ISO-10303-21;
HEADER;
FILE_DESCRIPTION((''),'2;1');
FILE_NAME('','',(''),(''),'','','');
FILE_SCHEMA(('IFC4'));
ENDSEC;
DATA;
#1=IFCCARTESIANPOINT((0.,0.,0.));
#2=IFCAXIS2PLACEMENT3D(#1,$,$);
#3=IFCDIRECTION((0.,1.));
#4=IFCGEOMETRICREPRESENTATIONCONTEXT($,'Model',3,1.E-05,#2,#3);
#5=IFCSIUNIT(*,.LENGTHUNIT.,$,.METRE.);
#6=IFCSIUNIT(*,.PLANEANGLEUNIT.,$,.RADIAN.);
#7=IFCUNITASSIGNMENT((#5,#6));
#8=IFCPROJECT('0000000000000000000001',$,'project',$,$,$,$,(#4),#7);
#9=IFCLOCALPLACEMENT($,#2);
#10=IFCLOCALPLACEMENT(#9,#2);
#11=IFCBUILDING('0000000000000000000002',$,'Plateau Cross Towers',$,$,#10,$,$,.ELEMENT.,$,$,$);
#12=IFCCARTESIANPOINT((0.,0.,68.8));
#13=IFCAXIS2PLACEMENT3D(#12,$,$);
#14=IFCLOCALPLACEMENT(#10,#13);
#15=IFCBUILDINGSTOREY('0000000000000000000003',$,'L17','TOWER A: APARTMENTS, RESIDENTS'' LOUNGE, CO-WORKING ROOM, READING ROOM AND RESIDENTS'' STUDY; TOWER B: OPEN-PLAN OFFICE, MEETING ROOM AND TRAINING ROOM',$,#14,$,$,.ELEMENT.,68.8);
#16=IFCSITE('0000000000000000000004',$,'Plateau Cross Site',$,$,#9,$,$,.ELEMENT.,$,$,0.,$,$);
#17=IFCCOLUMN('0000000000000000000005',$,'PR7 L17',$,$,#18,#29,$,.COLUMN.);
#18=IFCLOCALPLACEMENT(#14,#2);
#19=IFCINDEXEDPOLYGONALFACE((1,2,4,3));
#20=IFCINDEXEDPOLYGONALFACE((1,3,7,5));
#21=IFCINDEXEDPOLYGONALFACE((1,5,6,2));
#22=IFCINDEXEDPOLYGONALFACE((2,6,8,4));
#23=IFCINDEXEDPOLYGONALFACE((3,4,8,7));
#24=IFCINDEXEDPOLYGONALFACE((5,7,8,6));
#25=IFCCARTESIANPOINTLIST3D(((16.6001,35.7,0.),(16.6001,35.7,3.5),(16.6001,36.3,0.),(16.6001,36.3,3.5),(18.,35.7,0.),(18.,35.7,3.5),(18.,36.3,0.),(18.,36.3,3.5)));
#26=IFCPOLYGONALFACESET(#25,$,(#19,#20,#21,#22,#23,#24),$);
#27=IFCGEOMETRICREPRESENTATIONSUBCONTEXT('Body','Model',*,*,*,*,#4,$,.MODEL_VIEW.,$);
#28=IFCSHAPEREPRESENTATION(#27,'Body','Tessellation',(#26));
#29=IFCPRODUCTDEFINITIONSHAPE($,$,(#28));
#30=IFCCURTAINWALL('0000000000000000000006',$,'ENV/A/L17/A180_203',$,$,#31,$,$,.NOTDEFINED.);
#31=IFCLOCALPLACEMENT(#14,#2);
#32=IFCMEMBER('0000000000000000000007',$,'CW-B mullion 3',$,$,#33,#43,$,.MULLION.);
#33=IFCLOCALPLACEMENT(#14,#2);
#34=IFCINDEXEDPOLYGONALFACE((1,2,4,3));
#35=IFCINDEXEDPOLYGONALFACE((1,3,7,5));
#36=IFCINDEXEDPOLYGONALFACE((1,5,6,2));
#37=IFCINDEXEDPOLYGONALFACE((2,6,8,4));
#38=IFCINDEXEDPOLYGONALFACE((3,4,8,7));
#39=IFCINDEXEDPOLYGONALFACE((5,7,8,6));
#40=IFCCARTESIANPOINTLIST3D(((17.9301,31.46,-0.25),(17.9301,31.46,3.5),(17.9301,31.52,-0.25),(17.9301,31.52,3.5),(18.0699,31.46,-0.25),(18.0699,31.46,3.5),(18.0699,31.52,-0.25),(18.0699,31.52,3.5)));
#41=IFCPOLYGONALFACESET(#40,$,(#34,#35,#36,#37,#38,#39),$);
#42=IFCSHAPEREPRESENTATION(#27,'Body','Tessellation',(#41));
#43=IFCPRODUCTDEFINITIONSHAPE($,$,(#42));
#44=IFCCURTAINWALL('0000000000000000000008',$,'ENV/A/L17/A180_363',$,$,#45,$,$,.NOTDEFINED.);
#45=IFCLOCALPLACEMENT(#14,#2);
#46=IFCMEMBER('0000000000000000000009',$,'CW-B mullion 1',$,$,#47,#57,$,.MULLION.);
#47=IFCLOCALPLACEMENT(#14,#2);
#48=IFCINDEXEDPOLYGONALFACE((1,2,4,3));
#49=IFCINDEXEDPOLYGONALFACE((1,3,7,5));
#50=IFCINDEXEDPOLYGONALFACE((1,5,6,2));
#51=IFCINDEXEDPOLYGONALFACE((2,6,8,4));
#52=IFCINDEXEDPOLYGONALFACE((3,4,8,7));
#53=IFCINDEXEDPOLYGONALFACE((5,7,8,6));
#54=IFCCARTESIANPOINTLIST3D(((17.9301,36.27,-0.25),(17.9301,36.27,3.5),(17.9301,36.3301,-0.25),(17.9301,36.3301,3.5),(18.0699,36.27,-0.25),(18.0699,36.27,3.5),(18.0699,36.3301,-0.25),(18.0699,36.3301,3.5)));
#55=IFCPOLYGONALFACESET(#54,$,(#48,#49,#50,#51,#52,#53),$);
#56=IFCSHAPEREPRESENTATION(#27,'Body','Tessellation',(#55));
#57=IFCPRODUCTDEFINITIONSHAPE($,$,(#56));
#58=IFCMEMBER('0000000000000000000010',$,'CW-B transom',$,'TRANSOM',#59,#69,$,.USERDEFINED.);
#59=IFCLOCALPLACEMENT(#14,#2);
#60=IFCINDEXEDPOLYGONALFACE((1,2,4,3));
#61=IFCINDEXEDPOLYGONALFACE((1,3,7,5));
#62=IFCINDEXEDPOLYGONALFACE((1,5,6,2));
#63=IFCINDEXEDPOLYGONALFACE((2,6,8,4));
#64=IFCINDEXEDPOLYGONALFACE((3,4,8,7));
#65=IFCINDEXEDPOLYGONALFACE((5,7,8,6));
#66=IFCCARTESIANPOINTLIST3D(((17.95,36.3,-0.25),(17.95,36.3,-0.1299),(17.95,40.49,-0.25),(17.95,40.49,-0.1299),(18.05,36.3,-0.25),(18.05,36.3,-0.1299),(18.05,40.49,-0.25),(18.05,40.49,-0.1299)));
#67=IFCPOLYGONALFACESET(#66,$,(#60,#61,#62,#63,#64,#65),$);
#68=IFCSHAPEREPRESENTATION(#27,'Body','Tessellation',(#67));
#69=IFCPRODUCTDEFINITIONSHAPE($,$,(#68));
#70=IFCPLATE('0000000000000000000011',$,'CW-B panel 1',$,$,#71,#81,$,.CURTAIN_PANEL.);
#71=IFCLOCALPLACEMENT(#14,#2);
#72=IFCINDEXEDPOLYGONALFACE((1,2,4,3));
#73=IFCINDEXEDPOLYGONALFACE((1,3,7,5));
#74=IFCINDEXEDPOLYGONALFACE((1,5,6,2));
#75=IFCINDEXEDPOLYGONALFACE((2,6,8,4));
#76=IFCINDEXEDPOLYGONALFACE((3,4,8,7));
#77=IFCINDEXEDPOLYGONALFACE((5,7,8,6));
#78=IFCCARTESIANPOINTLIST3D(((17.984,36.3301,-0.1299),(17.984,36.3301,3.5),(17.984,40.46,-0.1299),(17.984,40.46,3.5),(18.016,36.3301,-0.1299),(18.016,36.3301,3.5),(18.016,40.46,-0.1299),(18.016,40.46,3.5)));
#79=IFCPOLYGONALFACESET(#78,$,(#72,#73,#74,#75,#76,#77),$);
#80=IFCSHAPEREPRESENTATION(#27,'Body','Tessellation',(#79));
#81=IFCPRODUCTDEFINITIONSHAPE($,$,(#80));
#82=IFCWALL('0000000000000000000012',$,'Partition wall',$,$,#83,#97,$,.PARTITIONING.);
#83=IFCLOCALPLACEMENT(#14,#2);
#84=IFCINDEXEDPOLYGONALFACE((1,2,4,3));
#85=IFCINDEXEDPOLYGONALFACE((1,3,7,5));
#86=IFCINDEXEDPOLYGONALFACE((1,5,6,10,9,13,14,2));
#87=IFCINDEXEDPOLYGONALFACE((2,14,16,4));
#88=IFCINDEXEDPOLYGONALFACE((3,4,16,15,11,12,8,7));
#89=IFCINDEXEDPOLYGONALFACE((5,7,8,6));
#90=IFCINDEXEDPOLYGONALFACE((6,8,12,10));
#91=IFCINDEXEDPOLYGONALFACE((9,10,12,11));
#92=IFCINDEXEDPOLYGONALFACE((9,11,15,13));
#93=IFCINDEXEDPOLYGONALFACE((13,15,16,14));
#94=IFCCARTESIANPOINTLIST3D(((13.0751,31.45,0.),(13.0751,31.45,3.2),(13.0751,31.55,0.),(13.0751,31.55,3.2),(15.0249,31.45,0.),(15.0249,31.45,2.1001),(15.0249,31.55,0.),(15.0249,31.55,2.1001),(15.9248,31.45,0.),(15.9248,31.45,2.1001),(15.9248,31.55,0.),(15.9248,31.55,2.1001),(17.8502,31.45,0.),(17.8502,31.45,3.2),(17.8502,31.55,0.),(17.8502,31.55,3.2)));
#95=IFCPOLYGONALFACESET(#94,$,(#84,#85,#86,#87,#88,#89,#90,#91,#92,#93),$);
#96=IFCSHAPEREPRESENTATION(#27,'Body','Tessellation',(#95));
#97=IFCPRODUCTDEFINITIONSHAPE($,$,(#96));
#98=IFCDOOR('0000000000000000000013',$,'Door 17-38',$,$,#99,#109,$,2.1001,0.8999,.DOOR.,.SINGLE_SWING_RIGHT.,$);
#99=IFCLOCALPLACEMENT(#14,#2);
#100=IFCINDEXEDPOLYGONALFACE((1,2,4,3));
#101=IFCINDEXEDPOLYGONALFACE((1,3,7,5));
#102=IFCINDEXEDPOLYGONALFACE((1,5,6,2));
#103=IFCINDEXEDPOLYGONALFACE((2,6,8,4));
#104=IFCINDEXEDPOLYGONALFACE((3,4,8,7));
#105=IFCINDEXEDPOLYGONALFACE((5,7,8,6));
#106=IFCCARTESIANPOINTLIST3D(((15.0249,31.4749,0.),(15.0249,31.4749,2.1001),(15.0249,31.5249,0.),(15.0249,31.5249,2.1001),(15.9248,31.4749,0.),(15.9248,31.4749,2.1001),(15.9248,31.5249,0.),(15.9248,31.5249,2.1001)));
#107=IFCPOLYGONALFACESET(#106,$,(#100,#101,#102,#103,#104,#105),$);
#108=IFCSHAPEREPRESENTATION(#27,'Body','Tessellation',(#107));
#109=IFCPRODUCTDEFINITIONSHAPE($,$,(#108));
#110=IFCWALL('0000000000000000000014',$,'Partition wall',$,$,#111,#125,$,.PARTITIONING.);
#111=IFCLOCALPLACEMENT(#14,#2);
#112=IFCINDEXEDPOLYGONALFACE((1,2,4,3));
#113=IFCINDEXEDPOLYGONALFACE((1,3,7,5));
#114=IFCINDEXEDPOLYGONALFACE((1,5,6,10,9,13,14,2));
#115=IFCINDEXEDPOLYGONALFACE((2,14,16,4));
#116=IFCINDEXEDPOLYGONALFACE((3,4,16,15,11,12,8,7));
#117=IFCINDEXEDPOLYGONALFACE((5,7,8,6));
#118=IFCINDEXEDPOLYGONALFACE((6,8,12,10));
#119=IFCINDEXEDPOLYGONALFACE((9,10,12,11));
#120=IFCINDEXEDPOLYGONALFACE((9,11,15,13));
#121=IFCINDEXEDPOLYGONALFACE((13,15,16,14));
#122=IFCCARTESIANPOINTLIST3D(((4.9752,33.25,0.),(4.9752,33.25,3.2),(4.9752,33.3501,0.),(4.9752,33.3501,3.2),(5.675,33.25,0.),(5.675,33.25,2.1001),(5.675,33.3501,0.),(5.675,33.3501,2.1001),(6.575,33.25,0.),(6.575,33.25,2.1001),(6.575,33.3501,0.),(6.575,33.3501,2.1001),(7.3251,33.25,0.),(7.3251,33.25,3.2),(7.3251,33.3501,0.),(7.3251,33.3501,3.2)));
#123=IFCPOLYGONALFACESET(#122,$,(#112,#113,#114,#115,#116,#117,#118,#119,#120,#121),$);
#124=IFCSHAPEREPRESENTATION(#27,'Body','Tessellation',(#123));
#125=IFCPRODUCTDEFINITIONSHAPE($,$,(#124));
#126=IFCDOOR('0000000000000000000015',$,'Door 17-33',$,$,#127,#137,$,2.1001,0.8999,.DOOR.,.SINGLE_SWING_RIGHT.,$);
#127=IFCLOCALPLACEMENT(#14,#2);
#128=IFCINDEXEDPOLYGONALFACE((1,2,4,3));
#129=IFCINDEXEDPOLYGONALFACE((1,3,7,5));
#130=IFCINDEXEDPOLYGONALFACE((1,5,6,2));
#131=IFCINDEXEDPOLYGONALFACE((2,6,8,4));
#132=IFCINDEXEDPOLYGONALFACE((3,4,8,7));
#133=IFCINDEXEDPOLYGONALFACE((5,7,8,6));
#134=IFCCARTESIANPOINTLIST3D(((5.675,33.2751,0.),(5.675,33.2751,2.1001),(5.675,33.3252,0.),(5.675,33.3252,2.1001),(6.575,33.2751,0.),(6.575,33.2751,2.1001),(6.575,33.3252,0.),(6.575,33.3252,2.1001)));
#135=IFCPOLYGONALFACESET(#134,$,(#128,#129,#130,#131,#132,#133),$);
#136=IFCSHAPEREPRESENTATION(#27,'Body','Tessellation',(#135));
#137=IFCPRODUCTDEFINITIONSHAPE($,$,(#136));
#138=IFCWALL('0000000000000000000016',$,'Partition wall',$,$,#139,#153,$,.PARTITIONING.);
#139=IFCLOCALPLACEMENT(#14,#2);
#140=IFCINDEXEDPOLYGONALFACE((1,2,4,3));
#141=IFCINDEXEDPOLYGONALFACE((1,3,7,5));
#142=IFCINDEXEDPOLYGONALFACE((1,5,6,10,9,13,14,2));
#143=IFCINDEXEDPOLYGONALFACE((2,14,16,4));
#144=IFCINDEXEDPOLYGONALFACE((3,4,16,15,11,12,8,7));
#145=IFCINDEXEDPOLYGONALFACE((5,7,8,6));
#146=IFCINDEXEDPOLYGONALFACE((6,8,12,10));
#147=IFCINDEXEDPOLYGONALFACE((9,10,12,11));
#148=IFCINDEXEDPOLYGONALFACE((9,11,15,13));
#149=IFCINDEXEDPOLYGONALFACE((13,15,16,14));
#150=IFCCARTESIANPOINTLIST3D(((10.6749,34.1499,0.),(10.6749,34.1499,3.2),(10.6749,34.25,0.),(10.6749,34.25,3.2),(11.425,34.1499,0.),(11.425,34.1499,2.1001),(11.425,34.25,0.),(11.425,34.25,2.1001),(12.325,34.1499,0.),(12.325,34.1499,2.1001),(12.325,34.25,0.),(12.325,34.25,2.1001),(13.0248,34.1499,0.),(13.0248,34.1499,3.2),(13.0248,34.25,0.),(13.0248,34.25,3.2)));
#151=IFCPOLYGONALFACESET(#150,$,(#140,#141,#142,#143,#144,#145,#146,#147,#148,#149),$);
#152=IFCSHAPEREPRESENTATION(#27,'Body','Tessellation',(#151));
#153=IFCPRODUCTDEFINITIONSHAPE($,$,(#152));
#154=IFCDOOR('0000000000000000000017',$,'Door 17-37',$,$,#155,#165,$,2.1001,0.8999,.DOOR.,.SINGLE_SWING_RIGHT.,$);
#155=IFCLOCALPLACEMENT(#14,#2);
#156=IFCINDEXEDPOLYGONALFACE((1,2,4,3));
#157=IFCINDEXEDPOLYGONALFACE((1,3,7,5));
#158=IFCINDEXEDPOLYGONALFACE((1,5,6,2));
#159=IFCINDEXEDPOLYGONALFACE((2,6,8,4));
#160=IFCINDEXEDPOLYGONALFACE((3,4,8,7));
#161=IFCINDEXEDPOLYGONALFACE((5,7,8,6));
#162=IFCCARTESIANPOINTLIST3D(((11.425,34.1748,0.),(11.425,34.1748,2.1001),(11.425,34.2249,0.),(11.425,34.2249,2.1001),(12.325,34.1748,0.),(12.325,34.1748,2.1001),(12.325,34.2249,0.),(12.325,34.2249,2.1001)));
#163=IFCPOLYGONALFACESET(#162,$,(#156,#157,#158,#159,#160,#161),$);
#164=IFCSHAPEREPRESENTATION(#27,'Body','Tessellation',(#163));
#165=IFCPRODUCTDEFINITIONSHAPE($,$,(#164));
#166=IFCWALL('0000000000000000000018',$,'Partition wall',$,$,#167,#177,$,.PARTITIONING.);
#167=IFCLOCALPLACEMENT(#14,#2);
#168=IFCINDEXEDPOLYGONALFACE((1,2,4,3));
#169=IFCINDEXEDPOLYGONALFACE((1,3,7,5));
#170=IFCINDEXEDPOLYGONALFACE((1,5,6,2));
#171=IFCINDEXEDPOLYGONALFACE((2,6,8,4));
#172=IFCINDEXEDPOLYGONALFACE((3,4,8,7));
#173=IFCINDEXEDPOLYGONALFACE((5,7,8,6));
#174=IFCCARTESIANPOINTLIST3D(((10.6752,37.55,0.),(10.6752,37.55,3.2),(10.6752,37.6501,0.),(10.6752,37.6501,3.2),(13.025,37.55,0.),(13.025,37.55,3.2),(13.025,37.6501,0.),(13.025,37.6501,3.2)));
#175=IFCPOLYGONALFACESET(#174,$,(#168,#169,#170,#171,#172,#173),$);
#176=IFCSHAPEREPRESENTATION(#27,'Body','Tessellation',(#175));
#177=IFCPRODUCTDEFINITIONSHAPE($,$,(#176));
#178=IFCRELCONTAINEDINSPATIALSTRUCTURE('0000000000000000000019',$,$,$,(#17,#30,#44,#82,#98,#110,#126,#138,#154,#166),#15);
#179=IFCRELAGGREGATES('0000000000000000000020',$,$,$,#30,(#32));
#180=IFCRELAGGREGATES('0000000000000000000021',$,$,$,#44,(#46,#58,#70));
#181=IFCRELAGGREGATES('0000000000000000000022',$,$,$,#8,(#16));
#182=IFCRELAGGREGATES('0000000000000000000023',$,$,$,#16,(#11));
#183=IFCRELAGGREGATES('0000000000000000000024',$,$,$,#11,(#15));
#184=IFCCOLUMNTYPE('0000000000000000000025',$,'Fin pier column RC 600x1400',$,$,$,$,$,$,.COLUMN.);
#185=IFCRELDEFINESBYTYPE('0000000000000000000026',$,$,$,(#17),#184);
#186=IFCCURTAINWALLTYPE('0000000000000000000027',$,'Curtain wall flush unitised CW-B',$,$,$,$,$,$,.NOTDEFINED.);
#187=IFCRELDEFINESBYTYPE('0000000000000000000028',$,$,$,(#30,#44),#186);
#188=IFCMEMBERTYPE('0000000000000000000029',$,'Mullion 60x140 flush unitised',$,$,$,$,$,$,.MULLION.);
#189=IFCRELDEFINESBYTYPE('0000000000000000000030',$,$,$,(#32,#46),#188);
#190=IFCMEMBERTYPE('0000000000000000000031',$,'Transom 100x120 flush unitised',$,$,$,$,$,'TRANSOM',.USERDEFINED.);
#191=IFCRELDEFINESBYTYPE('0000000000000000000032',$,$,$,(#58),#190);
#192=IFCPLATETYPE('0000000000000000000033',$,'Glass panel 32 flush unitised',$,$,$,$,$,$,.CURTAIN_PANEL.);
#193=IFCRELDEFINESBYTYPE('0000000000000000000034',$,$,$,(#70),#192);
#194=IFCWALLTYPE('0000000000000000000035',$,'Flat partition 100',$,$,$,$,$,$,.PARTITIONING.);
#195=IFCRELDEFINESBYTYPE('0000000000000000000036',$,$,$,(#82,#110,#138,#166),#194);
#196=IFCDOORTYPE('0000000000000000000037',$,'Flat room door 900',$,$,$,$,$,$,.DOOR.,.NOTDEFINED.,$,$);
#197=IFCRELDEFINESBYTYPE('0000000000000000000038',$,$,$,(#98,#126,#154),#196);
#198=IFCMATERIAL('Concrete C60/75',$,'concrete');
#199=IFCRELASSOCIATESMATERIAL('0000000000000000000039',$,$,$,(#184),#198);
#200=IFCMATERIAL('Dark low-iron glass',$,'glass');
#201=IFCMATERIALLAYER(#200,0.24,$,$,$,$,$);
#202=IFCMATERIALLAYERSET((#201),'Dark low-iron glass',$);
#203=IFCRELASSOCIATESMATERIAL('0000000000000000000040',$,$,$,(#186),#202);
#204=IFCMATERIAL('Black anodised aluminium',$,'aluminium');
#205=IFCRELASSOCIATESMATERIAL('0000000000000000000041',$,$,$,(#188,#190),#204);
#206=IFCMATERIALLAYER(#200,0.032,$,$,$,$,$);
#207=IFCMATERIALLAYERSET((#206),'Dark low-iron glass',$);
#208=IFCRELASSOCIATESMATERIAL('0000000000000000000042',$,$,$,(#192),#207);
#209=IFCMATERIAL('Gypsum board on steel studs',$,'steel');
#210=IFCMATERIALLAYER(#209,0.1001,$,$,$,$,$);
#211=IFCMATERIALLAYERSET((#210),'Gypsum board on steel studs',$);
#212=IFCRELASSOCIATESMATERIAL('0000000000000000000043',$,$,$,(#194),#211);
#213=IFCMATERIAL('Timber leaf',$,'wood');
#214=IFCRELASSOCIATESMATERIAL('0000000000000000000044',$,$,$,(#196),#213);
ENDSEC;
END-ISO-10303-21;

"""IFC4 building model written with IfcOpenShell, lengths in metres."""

from ifc_helpers import new_model, si_unit, direction, frame, frame_2d, origin, origin_2d, place, context, subcontext, project, spatial, rectangle, extrude, material, layer, layer_set, material_profile, profile_set, type_object, element, fill, aggregate, save


model = new_model("IFC4")

# Units and contexts
model_context = context("Model", 3, precision=1e-05, world=origin(), true_north=direction((0.0, 1.0)))
body_context = subcontext(model_context, "Body", "Model", "MODEL_VIEW")
ifc_project = project(units=[si_unit("LENGTHUNIT", "METRE"), si_unit("PLANEANGLEUNIT", "RADIAN")], contexts=[model_context])

# Site, building, storey
site_placement = place(None, origin())
site = spatial("IfcSite", under=ifc_project, at=site_placement, Name="Plateau Cross Site", CompositionType="ELEMENT", RefElevation=0.0)
building_placement = place(site_placement, origin())
building = spatial("IfcBuilding", under=site, at=building_placement, Name="Plateau Cross Towers", CompositionType="ELEMENT")
storey_placement = place(building_placement, frame((0.0, 0.0, 68.8)))
storey = spatial("IfcBuildingStorey", under=building, at=storey_placement, Name="L17", Description="TOWER A: APARTMENTS, RESIDENTS' LOUNGE, CO-WORKING ROOM, READING ROOM AND RESIDENTS' STUDY; TOWER B: OPEN-PLAN OFFICE, MEETING ROOM AND TRAINING ROOM", CompositionType="ELEMENT", Elevation=68.8)

# Column
ifc_material_1 = material(Name="Concrete C60/75", Category="concrete")
ifc_material_profile_1 = material_profile(ifc_material_1, rectangle(XDim=0.6001, YDim=1.3999, at=origin_2d()), Name="RC 600x1400")
ifc_profile_set_1 = profile_set([ifc_material_profile_1], Name="Concrete C60/75")
column_type = type_object("IfcColumnType", Name="Fin pier column RC 600x1400", PredefinedType="COLUMN", material=ifc_profile_set_1)
column_placement = place(storey_placement, frame((17.3, 36.0, 0.0), z_axis=(0.0, 0.0, 1.0), x_axis=(0.0, 1.0, 0.0)))
element("IfcColumn", 1, at=column_placement, inside=storey, type_object=column_type, Name="PR7 L17", PredefinedType="COLUMN", context=body_context, shape_type="SweptSolid", body=[
    extrude(rectangle(XDim=0.6001, YDim=1.3999, at=origin_2d()), origin(), (0.0, 0.0, 1.0), 3.5),
])

# Curtain wall, member
ifc_material_2 = material(Name="Dark low-iron glass", Category="glass")
ifc_layer_1 = layer(ifc_material_2, 0.24)
ifc_layer_set_1 = layer_set([ifc_layer_1], Name="Dark low-iron glass")
curtain_wall_type = type_object("IfcCurtainWallType", Name="Curtain wall flush unitised CW-B", PredefinedType="NOTDEFINED", material=ifc_layer_set_1)
curtain_wall_1_placement = place(storey_placement, origin())
curtain_wall_1 = element("IfcCurtainWall", 2, at=curtain_wall_1_placement, inside=storey, type_object=curtain_wall_type, Name="ENV/A/L17/A180_203", PredefinedType="NOTDEFINED")
ifc_material_3 = material(Name="Black anodised aluminium", Category="aluminium")
ifc_material_profile_2 = material_profile(ifc_material_3, rectangle(XDim=0.0601, YDim=0.1399, at=origin_2d()), Name="MULLION 60x140")
ifc_profile_set_2 = profile_set([ifc_material_profile_2], Name="Black anodised aluminium")
member_type_1 = type_object("IfcMemberType", Name="Mullion 60x140 flush unitised", PredefinedType="MULLION", material=ifc_profile_set_2)
member_1_placement = place(storey_placement, frame((18.0, 31.49, -0.25), z_axis=(0.0, 0.0, 1.0), x_axis=(0.0, 1.0, 0.0)))
member_1 = element("IfcMember", 3, at=member_1_placement, type_object=member_type_1, Name="CW-B mullion 3", PredefinedType="MULLION", context=body_context, shape_type="SweptSolid", body=[
    extrude(rectangle(XDim=0.0601, YDim=0.1399, at=origin_2d()), origin(), (0.0, 0.0, 1.0), 3.75),
])
aggregate(curtain_wall_1, [member_1])

# Curtain wall, members, plate
curtain_wall_2_placement = place(storey_placement, origin())
curtain_wall_2 = element("IfcCurtainWall", 4, at=curtain_wall_2_placement, inside=storey, type_object=curtain_wall_type, Name="ENV/A/L17/A180_363", PredefinedType="NOTDEFINED")
member_2_placement = place(storey_placement, frame((18.0, 36.3, -0.25), z_axis=(0.0, 0.0, 1.0), x_axis=(0.0, 1.0, 0.0)))
member_2 = element("IfcMember", 5, at=member_2_placement, type_object=member_type_1, Name="CW-B mullion 1", PredefinedType="MULLION", context=body_context, shape_type="SweptSolid", body=[
    extrude(rectangle(XDim=0.0601, YDim=0.1399, at=origin_2d()), origin(), (0.0, 0.0, 1.0), 3.75),
])
ifc_material_profile_3 = material_profile(ifc_material_3, rectangle(XDim=0.1001, YDim=0.1201, at=origin_2d()), Name="TRANSOM 100x120")
ifc_profile_set_3 = profile_set([ifc_material_profile_3], Name="Black anodised aluminium")
member_type_2 = type_object("IfcMemberType", Name="Transom 100x120 flush unitised", ElementType="TRANSOM", PredefinedType="USERDEFINED", material=ifc_profile_set_3)
member_3_placement = place(storey_placement, frame((18.0, 36.3, -0.1899), z_axis=(0.0, 1.0, 0.0), x_axis=(-1.0, 0.0, 0.0)))
member_3 = element("IfcMember", 6, at=member_3_placement, type_object=member_type_2, Name="CW-B transom", ObjectType="TRANSOM", PredefinedType="USERDEFINED", context=body_context, shape_type="SweptSolid", body=[
    extrude(rectangle(XDim=0.1001, YDim=0.1201, at=origin_2d()), origin(), (0.0, 0.0, 1.0), 4.1899),
])
ifc_layer_2 = layer(ifc_material_2, 0.032)
ifc_layer_set_2 = layer_set([ifc_layer_2], Name="Dark low-iron glass")
plate_type = type_object("IfcPlateType", Name="Glass panel 32 flush unitised", PredefinedType="CURTAIN_PANEL", material=ifc_layer_set_2)
plate_placement = place(storey_placement, frame((18.0, 38.395, -0.1299), z_axis=(0.0, 0.0, 1.0), x_axis=(0.0, 1.0, 0.0)))
plate = element("IfcPlate", 7, at=plate_placement, type_object=plate_type, Name="CW-B panel 1", PredefinedType="CURTAIN_PANEL", context=body_context, shape_type="SweptSolid", body=[
    extrude(rectangle(XDim=4.1299, YDim=0.032, at=origin_2d()), origin(), (0.0, 0.0, 1.0), 3.6299),
])
aggregate(curtain_wall_2, [member_2, member_3, plate])

# Walls, openings, doors
ifc_material_4 = material(Name="Gypsum board on steel studs", Category="steel")
ifc_layer_3 = layer(ifc_material_4, 0.1001)
ifc_layer_set_3 = layer_set([ifc_layer_3], Name="Gypsum board on steel studs")
wall_type_1 = type_object("IfcWallType", Name="Flat partition 100", PredefinedType="PARTITIONING", material=ifc_layer_set_3)
wall_1_placement = place(storey_placement, frame((13.075, 31.5, 0.0), z_axis=(0.0, 0.0, 1.0), x_axis=(1.0, 0.0, 0.0)))
wall_1 = element("IfcWall", 8, at=wall_1_placement, inside=storey, type_object=wall_type_1, Name="Partition wall", PredefinedType="PARTITIONING", context=body_context, shape_type="SweptSolid", body=[
    extrude(rectangle(XDim=4.7751, YDim=0.1001, at=frame_2d((2.3877, 0.0))), origin(), (0.0, 0.0, 1.0), 3.2),
])
opening_1_placement = place(wall_1_placement, frame((1.95, 0.0, 0.0)))
opening_1 = element("IfcOpeningElement", 9, at=opening_1_placement, cuts=wall_1, PredefinedType="OPENING", context=body_context, shape_type="SweptSolid", body=[
    extrude(rectangle(XDim=0.8999, YDim=2.1001, at=frame_2d((0.45, 1.05))), frame((0.0, 0.0601, 0.0), z_axis=(0.0, -1.0, 0.0), x_axis=(1.0, 0.0, 0.0)), (0.0, 0.0, 1.0), 0.1201),
])
ifc_material_5 = material(Name="Timber leaf", Category="wood")
door_type_1 = type_object("IfcDoorType", Name="Flat room door 900", OperationType="NOTDEFINED", PredefinedType="DOOR", material=ifc_material_5)
door_1_placement = place(opening_1_placement, origin())
door_1 = element("IfcDoor", 10, at=door_1_placement, inside=storey, type_object=door_type_1, Name="Door 17-38", OperationType="SINGLE_SWING_RIGHT", OverallHeight=2.1001, OverallWidth=0.8999, PredefinedType="DOOR", context=body_context, shape_type="SweptSolid", body=[
    extrude(rectangle(XDim=0.8999, YDim=2.1001, at=frame_2d((0.45, 1.05))), frame((0.0, 0.0249, 0.0), z_axis=(0.0, -1.0, 0.0), x_axis=(1.0, 0.0, 0.0)), (0.0, 0.0, 1.0), 0.05),
])
fill(opening_1, door_1)
wall_2_placement = place(storey_placement, frame((7.325, 33.3, 0.0), z_axis=(0.0, 0.0, 1.0), x_axis=(-1.0, 0.0, 0.0)))
wall_2 = element("IfcWall", 11, at=wall_2_placement, inside=storey, type_object=wall_type_1, Name="Partition wall", PredefinedType="PARTITIONING", context=body_context, shape_type="SweptSolid", body=[
    extrude(rectangle(XDim=2.3499, YDim=0.1001, at=frame_2d((1.1748, 0.0))), origin(), (0.0, 0.0, 1.0), 3.2),
])
opening_2_placement = place(wall_2_placement, frame((0.75, 0.0, 0.0)))
opening_2 = element("IfcOpeningElement", 12, at=opening_2_placement, cuts=wall_2, PredefinedType="OPENING", context=body_context, shape_type="SweptSolid", body=[
    extrude(rectangle(XDim=0.8999, YDim=2.1001, at=frame_2d((0.45, 1.05))), frame((0.0, 0.0601, 0.0), z_axis=(0.0, -1.0, 0.0), x_axis=(1.0, 0.0, 0.0)), (0.0, 0.0, 1.0), 0.1201),
])
door_2_placement = place(opening_2_placement, origin())
door_2 = element("IfcDoor", 13, at=door_2_placement, inside=storey, type_object=door_type_1, Name="Door 17-33", OperationType="SINGLE_SWING_RIGHT", OverallHeight=2.1001, OverallWidth=0.8999, PredefinedType="DOOR", context=body_context, shape_type="SweptSolid", body=[
    extrude(rectangle(XDim=0.8999, YDim=2.1001, at=frame_2d((0.45, 1.05))), frame((0.0, 0.0249, 0.0), z_axis=(0.0, -1.0, 0.0), x_axis=(1.0, 0.0, 0.0)), (0.0, 0.0, 1.0), 0.05),
])
fill(opening_2, door_2)
wall_3_placement = place(storey_placement, frame((10.675, 34.2, 0.0), z_axis=(0.0, 0.0, 1.0), x_axis=(1.0, 0.0, 0.0)))
wall_3 = element("IfcWall", 14, at=wall_3_placement, inside=storey, type_object=wall_type_1, Name="Partition wall", PredefinedType="PARTITIONING", context=body_context, shape_type="SweptSolid", body=[
    extrude(rectangle(XDim=2.3499, YDim=0.1001, at=frame_2d((1.1748, 0.0))), origin(), (0.0, 0.0, 1.0), 3.2),
])
opening_3_placement = place(wall_3_placement, frame((0.75, 0.0, 0.0)))
opening_3 = element("IfcOpeningElement", 15, at=opening_3_placement, cuts=wall_3, PredefinedType="OPENING", context=body_context, shape_type="SweptSolid", body=[
    extrude(rectangle(XDim=0.8999, YDim=2.1001, at=frame_2d((0.45, 1.05))), frame((0.0, 0.0601, 0.0), z_axis=(0.0, -1.0, 0.0), x_axis=(1.0, 0.0, 0.0)), (0.0, 0.0, 1.0), 0.1201),
])
door_3_placement = place(opening_3_placement, origin())
door_3 = element("IfcDoor", 16, at=door_3_placement, inside=storey, type_object=door_type_1, Name="Door 17-37", OperationType="SINGLE_SWING_RIGHT", OverallHeight=2.1001, OverallWidth=0.8999, PredefinedType="DOOR", context=body_context, shape_type="SweptSolid", body=[
    extrude(rectangle(XDim=0.8999, YDim=2.1001, at=frame_2d((0.45, 1.05))), frame((0.0, 0.0249, 0.0), z_axis=(0.0, -1.0, 0.0), x_axis=(1.0, 0.0, 0.0)), (0.0, 0.0, 1.0), 0.05),
])
fill(opening_3, door_3)

# Wall
wall_4_placement = place(storey_placement, frame((13.0249, 37.6001, 0.0), z_axis=(0.0, 0.0, 1.0), x_axis=(-1.0, 0.0, 0.0)))
element("IfcWall", 17, at=wall_4_placement, inside=storey, type_object=wall_type_1, Name="Partition wall", PredefinedType="PARTITIONING", context=body_context, shape_type="SweptSolid", body=[
    extrude(rectangle(XDim=2.3499, YDim=0.1001, at=frame_2d((1.1748, 0.0))), origin(), (0.0, 0.0, 1.0), 3.2),
])

save(model, "model.ifc")
